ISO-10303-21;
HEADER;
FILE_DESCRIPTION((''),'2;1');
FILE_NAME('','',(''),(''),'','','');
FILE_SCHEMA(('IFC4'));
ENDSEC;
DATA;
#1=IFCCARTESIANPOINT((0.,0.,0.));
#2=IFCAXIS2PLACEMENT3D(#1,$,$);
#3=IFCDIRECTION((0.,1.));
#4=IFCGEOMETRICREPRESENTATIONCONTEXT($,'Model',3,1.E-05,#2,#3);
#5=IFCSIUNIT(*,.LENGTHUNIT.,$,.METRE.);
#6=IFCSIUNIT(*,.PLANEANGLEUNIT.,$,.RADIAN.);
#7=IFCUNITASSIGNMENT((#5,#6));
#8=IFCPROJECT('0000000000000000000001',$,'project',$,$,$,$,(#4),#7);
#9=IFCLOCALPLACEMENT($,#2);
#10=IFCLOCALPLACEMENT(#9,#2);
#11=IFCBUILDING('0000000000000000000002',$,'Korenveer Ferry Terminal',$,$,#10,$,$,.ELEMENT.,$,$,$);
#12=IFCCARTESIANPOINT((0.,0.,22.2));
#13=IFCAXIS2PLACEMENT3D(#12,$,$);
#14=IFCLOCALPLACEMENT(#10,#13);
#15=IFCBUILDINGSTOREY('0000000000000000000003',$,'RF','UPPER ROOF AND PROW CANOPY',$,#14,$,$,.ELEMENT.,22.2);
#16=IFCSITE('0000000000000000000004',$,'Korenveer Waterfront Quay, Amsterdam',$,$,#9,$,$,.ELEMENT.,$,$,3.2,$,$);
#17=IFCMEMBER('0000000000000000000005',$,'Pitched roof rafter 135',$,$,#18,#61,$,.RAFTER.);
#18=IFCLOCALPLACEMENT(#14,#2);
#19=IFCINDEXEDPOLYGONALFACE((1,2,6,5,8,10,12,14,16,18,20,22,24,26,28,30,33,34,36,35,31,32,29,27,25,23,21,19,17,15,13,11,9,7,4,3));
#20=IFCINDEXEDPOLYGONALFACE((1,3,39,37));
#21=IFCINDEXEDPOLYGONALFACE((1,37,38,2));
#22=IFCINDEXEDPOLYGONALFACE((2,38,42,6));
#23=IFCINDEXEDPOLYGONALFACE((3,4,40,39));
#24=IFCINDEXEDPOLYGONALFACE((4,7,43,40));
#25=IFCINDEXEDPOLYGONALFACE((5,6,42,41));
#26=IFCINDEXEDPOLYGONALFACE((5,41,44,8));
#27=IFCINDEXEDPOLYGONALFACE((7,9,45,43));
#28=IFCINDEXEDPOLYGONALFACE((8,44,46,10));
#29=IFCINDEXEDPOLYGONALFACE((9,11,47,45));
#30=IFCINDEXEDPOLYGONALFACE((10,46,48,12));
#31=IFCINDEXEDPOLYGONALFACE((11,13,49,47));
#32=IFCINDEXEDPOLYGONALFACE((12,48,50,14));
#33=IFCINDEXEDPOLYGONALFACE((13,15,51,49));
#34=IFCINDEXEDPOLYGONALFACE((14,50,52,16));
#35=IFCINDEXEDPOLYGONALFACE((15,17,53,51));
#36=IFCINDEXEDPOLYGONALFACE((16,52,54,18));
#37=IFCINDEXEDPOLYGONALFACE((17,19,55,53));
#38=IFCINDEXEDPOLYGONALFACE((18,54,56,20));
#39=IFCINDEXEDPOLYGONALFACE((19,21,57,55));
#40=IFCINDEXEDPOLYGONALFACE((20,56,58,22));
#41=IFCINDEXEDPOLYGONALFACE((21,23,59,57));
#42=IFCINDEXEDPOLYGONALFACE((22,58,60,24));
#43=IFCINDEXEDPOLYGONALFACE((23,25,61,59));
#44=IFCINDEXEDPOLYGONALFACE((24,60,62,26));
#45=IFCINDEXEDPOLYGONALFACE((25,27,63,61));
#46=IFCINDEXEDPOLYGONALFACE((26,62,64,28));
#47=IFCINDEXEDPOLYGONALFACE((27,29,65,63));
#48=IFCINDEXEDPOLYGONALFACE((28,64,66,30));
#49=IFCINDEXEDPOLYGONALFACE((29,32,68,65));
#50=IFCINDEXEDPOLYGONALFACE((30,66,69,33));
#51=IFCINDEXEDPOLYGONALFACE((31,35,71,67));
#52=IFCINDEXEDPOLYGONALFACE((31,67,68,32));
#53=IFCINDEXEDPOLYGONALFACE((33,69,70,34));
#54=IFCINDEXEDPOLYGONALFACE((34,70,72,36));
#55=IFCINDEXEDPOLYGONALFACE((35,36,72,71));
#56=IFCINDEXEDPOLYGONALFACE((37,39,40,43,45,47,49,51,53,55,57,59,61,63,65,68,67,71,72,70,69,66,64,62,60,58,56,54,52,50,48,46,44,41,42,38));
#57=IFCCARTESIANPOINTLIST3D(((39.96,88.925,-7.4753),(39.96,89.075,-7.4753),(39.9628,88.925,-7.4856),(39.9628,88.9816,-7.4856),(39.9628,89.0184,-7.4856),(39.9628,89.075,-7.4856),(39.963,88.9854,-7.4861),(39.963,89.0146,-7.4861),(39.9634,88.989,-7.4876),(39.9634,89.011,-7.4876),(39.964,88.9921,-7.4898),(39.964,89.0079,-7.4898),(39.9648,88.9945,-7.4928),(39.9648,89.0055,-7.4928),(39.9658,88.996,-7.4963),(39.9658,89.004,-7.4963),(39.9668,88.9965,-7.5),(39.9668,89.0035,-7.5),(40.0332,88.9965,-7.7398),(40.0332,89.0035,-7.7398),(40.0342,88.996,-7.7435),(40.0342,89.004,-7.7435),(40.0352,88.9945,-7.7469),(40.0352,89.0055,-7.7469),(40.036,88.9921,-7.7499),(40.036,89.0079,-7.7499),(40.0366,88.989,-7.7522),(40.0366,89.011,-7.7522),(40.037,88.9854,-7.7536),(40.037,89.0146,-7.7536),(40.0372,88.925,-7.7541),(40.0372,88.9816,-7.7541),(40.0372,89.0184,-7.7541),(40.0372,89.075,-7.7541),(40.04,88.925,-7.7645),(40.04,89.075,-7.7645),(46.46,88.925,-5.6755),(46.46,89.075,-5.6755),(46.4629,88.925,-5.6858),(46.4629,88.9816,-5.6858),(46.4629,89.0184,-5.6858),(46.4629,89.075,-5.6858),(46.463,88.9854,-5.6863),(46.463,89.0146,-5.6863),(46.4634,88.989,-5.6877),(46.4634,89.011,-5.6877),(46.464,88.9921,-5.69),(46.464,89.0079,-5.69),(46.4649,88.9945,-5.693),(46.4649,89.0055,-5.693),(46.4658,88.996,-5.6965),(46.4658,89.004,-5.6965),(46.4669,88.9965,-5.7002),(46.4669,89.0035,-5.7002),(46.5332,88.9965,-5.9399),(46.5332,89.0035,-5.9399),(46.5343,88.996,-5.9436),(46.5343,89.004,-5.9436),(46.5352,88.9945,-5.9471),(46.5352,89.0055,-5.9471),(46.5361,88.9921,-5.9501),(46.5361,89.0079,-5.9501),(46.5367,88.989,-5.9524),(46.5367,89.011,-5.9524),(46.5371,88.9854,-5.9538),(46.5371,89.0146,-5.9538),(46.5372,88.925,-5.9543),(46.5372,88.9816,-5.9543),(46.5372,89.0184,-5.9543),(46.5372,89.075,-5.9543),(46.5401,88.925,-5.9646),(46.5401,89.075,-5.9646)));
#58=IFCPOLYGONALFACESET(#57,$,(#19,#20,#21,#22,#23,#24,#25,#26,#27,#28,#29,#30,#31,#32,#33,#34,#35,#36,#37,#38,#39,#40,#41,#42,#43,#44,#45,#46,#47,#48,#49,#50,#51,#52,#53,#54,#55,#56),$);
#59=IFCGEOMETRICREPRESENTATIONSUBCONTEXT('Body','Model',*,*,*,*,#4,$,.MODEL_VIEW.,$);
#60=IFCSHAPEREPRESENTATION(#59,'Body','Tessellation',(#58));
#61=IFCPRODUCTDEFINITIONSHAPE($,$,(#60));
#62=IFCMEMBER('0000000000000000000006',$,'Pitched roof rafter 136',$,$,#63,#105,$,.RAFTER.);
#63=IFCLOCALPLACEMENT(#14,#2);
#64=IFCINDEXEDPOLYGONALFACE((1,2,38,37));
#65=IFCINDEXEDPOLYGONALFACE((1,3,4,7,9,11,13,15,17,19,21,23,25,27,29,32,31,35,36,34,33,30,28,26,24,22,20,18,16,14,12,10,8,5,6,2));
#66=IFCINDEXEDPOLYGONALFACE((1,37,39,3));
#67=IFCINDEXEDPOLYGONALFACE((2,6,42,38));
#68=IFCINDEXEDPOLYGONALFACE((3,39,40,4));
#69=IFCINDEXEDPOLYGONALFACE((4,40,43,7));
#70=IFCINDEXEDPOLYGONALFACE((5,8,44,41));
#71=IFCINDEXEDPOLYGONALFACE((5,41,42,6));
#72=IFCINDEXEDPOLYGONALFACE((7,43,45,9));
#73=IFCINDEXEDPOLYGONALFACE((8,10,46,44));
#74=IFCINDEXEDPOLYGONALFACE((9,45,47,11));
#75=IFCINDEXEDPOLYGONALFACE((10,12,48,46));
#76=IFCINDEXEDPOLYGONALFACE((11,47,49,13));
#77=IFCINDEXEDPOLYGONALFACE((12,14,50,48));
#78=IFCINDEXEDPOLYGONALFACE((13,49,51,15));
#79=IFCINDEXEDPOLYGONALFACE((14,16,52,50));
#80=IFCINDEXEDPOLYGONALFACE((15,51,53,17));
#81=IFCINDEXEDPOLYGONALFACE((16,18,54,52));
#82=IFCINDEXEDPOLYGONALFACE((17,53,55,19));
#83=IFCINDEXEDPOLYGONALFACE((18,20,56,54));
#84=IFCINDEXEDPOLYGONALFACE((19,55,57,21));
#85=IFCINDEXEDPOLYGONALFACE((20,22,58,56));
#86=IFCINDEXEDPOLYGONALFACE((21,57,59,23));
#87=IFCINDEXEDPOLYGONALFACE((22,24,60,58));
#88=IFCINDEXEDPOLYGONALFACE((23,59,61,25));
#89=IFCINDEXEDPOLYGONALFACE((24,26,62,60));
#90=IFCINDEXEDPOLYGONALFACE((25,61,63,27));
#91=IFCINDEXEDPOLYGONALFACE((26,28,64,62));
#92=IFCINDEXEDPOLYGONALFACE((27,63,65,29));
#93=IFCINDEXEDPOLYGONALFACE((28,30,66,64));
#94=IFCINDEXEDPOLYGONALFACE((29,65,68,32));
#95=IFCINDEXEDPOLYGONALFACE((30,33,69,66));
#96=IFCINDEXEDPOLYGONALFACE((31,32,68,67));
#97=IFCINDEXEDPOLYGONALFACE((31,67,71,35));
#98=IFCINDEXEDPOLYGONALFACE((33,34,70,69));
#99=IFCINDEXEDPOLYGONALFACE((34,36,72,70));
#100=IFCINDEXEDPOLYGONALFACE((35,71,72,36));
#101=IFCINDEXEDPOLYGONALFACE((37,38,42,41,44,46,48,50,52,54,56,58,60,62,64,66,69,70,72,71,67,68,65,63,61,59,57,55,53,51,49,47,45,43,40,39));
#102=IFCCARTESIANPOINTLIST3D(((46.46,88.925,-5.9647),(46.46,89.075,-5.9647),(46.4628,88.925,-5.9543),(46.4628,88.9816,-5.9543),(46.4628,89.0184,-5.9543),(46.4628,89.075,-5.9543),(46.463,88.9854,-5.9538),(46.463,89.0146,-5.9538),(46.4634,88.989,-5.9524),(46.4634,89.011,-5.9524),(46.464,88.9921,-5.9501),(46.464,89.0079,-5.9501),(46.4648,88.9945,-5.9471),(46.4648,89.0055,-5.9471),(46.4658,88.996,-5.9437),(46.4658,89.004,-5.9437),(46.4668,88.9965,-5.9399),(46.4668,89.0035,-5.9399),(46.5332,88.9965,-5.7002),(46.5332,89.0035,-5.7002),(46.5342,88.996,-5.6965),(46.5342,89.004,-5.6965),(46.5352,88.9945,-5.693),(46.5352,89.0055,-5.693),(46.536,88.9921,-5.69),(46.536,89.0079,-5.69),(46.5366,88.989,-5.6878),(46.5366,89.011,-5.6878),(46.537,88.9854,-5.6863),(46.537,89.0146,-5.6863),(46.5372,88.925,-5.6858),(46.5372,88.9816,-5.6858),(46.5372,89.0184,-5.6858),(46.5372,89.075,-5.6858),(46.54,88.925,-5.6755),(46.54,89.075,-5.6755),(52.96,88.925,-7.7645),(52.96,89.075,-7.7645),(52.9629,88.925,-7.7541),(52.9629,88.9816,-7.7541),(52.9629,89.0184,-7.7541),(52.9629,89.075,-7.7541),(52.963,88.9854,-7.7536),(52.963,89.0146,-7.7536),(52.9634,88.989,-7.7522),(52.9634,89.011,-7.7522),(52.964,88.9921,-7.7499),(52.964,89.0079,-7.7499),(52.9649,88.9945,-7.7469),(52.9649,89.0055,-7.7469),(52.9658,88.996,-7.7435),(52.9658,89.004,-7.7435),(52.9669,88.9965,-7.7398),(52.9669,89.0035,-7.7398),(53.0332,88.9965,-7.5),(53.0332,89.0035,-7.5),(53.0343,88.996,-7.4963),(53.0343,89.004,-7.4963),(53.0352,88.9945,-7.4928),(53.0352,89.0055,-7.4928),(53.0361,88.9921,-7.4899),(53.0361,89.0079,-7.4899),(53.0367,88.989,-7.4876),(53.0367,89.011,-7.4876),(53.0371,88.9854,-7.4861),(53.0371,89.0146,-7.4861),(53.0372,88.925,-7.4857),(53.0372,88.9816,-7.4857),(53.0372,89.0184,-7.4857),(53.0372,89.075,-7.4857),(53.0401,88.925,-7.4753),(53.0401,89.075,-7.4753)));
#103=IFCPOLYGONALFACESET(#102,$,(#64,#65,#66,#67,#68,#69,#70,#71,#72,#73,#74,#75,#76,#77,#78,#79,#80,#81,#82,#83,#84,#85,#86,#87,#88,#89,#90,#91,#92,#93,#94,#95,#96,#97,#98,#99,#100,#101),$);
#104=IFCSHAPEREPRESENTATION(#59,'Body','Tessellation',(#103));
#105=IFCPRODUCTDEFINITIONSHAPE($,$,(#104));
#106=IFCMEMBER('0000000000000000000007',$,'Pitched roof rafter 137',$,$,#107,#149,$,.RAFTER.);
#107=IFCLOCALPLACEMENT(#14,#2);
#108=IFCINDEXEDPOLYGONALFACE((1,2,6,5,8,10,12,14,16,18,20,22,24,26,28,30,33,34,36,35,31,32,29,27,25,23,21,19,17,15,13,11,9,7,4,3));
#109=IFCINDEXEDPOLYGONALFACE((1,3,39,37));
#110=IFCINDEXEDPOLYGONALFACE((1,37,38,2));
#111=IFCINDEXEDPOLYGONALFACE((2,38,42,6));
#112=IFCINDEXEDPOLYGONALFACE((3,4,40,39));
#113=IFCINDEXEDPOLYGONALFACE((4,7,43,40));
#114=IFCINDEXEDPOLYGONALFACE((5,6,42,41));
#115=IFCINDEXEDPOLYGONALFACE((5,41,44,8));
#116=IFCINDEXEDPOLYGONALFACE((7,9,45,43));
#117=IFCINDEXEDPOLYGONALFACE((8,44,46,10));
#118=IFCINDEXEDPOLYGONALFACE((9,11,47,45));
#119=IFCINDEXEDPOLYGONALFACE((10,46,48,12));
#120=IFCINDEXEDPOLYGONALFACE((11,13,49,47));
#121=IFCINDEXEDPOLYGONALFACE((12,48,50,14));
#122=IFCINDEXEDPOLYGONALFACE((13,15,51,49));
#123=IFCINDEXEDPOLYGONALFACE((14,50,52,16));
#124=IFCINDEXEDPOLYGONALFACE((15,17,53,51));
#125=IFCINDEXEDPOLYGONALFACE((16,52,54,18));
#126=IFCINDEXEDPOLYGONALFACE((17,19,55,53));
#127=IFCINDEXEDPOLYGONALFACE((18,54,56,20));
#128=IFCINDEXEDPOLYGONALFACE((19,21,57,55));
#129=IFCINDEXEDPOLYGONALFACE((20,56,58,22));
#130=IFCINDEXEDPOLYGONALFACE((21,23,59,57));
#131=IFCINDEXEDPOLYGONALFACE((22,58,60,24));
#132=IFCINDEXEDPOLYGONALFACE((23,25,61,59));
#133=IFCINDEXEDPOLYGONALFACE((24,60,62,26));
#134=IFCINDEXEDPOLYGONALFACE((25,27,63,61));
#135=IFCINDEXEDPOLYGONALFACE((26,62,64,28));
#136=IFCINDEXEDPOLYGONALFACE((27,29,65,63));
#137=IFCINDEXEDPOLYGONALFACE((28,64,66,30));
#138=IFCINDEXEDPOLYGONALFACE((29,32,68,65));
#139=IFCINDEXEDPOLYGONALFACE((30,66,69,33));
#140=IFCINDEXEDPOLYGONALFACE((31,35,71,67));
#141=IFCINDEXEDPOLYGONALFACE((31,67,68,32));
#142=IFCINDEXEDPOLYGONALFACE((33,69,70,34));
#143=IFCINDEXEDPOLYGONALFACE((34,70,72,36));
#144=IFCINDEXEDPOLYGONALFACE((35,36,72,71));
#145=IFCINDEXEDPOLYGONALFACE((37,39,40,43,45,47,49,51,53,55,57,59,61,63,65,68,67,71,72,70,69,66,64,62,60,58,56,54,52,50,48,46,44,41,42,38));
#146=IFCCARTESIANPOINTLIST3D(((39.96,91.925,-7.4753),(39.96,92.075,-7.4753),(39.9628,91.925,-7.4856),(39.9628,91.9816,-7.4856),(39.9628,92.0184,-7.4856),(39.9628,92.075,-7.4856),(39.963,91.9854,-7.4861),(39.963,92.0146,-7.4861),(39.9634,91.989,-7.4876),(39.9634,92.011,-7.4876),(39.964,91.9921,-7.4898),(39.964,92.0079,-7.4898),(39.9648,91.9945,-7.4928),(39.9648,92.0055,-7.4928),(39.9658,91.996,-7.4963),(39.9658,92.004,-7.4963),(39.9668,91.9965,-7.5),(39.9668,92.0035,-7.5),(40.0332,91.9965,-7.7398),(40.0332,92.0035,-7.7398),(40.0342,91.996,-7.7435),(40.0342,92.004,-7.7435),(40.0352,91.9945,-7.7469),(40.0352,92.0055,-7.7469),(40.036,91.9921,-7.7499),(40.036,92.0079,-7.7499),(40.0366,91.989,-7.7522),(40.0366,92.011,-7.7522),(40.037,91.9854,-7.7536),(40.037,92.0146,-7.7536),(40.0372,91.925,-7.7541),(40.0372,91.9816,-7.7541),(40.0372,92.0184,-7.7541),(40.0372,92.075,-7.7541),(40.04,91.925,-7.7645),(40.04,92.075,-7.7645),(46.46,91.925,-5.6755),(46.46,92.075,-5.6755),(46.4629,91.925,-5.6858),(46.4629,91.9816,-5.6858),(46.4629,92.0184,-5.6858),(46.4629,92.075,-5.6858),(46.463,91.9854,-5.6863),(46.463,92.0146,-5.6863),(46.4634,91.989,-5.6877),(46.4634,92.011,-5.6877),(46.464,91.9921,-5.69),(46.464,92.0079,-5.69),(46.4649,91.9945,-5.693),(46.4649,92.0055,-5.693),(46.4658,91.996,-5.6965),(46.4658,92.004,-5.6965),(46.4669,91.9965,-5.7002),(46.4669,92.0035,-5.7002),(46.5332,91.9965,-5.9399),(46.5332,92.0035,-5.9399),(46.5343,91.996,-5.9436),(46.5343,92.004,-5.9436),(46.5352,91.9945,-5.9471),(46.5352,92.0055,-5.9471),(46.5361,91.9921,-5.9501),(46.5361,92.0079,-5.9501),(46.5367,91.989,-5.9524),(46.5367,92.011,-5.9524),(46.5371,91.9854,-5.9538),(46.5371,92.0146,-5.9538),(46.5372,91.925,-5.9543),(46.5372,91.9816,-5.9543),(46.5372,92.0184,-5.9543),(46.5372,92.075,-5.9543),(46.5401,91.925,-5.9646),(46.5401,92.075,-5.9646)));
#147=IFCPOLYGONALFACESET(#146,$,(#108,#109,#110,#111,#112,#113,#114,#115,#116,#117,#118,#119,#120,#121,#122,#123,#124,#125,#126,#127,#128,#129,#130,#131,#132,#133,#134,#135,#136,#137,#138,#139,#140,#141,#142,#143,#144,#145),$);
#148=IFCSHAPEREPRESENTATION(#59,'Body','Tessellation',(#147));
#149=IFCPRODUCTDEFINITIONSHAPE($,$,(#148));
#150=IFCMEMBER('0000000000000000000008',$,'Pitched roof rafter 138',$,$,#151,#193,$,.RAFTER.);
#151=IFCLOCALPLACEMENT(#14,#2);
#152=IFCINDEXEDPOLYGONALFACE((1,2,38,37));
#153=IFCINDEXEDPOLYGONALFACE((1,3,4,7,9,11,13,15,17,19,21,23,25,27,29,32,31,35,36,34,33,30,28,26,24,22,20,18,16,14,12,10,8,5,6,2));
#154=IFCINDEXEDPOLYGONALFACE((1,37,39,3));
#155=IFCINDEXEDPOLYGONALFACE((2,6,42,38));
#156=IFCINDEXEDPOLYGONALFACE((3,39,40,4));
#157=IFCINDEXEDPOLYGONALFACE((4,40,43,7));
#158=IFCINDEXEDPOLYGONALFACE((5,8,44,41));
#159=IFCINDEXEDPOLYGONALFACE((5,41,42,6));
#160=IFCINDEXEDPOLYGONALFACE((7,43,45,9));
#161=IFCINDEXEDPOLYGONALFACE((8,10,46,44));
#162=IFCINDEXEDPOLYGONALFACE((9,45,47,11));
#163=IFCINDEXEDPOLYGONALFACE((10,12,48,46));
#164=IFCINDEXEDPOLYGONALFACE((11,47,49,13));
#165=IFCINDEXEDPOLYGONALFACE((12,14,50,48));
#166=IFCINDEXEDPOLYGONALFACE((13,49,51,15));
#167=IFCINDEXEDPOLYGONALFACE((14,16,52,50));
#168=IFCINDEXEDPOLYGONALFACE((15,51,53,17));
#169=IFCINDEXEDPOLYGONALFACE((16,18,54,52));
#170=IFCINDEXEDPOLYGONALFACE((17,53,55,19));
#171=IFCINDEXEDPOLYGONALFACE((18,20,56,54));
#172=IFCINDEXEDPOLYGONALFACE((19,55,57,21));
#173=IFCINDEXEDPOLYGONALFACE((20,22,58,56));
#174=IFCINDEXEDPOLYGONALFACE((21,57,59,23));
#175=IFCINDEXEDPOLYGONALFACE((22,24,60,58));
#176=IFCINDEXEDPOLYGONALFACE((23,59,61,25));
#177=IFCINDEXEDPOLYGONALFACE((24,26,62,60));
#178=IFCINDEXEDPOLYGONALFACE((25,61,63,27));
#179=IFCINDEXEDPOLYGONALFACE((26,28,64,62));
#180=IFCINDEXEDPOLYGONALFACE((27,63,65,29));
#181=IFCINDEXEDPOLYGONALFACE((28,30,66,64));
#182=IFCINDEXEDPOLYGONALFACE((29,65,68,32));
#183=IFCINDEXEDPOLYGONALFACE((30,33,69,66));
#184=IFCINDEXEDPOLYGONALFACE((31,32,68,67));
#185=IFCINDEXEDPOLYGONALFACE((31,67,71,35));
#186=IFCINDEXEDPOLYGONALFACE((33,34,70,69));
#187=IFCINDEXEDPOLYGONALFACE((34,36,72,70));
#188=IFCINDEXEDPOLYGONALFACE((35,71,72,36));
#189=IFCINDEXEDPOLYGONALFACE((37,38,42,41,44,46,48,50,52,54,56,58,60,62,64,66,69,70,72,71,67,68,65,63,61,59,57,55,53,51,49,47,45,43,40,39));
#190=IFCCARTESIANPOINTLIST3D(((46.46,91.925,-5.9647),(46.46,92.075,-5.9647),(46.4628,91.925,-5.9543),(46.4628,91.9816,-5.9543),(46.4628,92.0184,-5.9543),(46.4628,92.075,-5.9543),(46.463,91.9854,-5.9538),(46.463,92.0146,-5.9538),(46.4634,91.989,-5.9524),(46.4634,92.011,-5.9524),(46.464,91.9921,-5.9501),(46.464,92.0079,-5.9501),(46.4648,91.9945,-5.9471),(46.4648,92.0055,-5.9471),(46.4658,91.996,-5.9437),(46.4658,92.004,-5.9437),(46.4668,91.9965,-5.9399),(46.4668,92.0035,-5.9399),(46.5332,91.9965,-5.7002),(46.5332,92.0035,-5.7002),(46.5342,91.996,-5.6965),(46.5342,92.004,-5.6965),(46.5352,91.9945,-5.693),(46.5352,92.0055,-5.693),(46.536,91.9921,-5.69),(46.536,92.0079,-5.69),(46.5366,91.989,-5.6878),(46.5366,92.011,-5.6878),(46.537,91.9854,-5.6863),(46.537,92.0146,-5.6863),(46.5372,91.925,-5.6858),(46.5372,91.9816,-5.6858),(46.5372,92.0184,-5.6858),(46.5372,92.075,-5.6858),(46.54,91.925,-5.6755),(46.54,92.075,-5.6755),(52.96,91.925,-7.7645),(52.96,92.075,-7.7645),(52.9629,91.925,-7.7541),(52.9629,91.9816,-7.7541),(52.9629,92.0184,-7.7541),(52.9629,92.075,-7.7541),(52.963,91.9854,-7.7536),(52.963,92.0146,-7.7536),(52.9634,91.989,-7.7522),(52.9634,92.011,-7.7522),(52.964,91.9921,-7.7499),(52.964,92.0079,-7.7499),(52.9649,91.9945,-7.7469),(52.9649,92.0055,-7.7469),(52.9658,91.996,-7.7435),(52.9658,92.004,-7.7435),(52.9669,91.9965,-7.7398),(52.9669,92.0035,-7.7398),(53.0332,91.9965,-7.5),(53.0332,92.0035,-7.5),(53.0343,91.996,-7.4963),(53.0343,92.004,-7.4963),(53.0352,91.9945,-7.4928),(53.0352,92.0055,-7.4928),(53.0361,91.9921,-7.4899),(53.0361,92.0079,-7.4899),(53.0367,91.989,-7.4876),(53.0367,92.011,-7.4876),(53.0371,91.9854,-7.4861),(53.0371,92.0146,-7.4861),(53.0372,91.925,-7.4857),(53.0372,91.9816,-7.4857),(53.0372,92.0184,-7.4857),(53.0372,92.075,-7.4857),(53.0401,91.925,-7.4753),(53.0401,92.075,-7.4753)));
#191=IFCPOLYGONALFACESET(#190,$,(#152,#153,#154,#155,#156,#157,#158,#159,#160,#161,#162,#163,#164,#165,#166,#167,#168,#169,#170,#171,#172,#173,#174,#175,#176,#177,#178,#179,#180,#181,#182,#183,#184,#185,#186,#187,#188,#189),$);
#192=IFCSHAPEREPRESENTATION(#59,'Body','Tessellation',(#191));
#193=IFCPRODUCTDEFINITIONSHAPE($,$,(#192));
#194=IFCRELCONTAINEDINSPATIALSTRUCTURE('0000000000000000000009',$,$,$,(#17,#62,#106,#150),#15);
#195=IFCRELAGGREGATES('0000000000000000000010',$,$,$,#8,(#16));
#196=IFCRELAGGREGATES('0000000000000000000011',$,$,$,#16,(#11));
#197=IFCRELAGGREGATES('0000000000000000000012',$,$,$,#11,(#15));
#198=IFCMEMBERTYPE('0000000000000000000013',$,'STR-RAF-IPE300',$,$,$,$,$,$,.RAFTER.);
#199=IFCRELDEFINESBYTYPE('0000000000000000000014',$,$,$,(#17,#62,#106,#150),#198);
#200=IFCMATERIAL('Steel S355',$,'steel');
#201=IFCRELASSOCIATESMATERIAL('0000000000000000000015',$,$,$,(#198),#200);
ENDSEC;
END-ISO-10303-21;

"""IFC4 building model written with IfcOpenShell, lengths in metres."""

from ifc_helpers import new_model, si_unit, direction, frame, origin, origin_2d, place, context, subcontext, project, spatial, i_section, extrude, material, material_profile, profile_set, type_object, element, save


model = new_model("IFC4")

# Units and contexts
model_context = context("Model", 3, precision=1e-05, world=origin(), true_north=direction((0.0, 1.0)))
body_context = subcontext(model_context, "Body", "Model", "MODEL_VIEW")
ifc_project = project(units=[si_unit("LENGTHUNIT", "METRE"), si_unit("PLANEANGLEUNIT", "RADIAN")], contexts=[model_context])

# Site, building, storey
site_placement = place(None, origin())
site = spatial("IfcSite", under=ifc_project, at=site_placement, Name="Korenveer Waterfront Quay, Amsterdam", CompositionType="ELEMENT", RefElevation=3.2)
building_placement = place(site_placement, origin())
building = spatial("IfcBuilding", under=site, at=building_placement, Name="Korenveer Ferry Terminal", CompositionType="ELEMENT")
storey_placement = place(building_placement, frame((0.0, 0.0, 22.2)))
storey = spatial("IfcBuildingStorey", under=building, at=storey_placement, Name="RF", Description="UPPER ROOF AND PROW CANOPY", CompositionType="ELEMENT", Elevation=22.2)

# Shared definitions
ifc_material_1 = material(Name="Steel S355", Category="steel")

# Members
ifc_material_profile_1 = material_profile(ifc_material_1, i_section(OverallWidth=0.1499, OverallDepth=0.3, WebThickness=0.0071, FlangeThickness=0.0107, FilletRadius=0.0149, at=origin_2d()), Name="IPE 300")
ifc_profile_set_1 = profile_set([ifc_material_profile_1], Name="Steel S355")
member_type_1 = type_object("IfcMemberType", Name="STR-RAF-IPE300", PredefinedType="RAFTER", material=ifc_profile_set_1)
for number, where, z_axis, x_axis, name in (
    (1, (40.0, 89.0, -7.6199), (0.963737, 0.0, 0.266852), (0.0, 1.0, 0.0), "Pitched roof rafter 135"),
    (2, (46.5, 89.0, -5.8201), (0.963737, 0.0, -0.266852), (0.0, 1.0, 0.0), "Pitched roof rafter 136"),
    (3, (40.0, 92.0, -7.6199), (0.963737, 0.0, 0.266852), (0.0, 1.0, 0.0), "Pitched roof rafter 137"),
    (4, (46.5, 92.0, -5.8201), (0.963737, 0.0, -0.266852), (0.0, 1.0, 0.0), "Pitched roof rafter 138"),
):
    element("IfcMember", number, at=place(storey_placement, frame(where, z_axis=z_axis, x_axis=x_axis)), inside=storey, type_object=member_type_1, Name=name, PredefinedType="RAFTER", context=body_context, shape_type="SweptSolid", body=[
        extrude(i_section(OverallWidth=0.1499, OverallDepth=0.3, WebThickness=0.0071, FlangeThickness=0.0107, FilletRadius=0.0149, at=origin_2d()), origin(), (0.0, 0.0, 1.0), 6.7446),
    ])

save(model, "model.ifc")
